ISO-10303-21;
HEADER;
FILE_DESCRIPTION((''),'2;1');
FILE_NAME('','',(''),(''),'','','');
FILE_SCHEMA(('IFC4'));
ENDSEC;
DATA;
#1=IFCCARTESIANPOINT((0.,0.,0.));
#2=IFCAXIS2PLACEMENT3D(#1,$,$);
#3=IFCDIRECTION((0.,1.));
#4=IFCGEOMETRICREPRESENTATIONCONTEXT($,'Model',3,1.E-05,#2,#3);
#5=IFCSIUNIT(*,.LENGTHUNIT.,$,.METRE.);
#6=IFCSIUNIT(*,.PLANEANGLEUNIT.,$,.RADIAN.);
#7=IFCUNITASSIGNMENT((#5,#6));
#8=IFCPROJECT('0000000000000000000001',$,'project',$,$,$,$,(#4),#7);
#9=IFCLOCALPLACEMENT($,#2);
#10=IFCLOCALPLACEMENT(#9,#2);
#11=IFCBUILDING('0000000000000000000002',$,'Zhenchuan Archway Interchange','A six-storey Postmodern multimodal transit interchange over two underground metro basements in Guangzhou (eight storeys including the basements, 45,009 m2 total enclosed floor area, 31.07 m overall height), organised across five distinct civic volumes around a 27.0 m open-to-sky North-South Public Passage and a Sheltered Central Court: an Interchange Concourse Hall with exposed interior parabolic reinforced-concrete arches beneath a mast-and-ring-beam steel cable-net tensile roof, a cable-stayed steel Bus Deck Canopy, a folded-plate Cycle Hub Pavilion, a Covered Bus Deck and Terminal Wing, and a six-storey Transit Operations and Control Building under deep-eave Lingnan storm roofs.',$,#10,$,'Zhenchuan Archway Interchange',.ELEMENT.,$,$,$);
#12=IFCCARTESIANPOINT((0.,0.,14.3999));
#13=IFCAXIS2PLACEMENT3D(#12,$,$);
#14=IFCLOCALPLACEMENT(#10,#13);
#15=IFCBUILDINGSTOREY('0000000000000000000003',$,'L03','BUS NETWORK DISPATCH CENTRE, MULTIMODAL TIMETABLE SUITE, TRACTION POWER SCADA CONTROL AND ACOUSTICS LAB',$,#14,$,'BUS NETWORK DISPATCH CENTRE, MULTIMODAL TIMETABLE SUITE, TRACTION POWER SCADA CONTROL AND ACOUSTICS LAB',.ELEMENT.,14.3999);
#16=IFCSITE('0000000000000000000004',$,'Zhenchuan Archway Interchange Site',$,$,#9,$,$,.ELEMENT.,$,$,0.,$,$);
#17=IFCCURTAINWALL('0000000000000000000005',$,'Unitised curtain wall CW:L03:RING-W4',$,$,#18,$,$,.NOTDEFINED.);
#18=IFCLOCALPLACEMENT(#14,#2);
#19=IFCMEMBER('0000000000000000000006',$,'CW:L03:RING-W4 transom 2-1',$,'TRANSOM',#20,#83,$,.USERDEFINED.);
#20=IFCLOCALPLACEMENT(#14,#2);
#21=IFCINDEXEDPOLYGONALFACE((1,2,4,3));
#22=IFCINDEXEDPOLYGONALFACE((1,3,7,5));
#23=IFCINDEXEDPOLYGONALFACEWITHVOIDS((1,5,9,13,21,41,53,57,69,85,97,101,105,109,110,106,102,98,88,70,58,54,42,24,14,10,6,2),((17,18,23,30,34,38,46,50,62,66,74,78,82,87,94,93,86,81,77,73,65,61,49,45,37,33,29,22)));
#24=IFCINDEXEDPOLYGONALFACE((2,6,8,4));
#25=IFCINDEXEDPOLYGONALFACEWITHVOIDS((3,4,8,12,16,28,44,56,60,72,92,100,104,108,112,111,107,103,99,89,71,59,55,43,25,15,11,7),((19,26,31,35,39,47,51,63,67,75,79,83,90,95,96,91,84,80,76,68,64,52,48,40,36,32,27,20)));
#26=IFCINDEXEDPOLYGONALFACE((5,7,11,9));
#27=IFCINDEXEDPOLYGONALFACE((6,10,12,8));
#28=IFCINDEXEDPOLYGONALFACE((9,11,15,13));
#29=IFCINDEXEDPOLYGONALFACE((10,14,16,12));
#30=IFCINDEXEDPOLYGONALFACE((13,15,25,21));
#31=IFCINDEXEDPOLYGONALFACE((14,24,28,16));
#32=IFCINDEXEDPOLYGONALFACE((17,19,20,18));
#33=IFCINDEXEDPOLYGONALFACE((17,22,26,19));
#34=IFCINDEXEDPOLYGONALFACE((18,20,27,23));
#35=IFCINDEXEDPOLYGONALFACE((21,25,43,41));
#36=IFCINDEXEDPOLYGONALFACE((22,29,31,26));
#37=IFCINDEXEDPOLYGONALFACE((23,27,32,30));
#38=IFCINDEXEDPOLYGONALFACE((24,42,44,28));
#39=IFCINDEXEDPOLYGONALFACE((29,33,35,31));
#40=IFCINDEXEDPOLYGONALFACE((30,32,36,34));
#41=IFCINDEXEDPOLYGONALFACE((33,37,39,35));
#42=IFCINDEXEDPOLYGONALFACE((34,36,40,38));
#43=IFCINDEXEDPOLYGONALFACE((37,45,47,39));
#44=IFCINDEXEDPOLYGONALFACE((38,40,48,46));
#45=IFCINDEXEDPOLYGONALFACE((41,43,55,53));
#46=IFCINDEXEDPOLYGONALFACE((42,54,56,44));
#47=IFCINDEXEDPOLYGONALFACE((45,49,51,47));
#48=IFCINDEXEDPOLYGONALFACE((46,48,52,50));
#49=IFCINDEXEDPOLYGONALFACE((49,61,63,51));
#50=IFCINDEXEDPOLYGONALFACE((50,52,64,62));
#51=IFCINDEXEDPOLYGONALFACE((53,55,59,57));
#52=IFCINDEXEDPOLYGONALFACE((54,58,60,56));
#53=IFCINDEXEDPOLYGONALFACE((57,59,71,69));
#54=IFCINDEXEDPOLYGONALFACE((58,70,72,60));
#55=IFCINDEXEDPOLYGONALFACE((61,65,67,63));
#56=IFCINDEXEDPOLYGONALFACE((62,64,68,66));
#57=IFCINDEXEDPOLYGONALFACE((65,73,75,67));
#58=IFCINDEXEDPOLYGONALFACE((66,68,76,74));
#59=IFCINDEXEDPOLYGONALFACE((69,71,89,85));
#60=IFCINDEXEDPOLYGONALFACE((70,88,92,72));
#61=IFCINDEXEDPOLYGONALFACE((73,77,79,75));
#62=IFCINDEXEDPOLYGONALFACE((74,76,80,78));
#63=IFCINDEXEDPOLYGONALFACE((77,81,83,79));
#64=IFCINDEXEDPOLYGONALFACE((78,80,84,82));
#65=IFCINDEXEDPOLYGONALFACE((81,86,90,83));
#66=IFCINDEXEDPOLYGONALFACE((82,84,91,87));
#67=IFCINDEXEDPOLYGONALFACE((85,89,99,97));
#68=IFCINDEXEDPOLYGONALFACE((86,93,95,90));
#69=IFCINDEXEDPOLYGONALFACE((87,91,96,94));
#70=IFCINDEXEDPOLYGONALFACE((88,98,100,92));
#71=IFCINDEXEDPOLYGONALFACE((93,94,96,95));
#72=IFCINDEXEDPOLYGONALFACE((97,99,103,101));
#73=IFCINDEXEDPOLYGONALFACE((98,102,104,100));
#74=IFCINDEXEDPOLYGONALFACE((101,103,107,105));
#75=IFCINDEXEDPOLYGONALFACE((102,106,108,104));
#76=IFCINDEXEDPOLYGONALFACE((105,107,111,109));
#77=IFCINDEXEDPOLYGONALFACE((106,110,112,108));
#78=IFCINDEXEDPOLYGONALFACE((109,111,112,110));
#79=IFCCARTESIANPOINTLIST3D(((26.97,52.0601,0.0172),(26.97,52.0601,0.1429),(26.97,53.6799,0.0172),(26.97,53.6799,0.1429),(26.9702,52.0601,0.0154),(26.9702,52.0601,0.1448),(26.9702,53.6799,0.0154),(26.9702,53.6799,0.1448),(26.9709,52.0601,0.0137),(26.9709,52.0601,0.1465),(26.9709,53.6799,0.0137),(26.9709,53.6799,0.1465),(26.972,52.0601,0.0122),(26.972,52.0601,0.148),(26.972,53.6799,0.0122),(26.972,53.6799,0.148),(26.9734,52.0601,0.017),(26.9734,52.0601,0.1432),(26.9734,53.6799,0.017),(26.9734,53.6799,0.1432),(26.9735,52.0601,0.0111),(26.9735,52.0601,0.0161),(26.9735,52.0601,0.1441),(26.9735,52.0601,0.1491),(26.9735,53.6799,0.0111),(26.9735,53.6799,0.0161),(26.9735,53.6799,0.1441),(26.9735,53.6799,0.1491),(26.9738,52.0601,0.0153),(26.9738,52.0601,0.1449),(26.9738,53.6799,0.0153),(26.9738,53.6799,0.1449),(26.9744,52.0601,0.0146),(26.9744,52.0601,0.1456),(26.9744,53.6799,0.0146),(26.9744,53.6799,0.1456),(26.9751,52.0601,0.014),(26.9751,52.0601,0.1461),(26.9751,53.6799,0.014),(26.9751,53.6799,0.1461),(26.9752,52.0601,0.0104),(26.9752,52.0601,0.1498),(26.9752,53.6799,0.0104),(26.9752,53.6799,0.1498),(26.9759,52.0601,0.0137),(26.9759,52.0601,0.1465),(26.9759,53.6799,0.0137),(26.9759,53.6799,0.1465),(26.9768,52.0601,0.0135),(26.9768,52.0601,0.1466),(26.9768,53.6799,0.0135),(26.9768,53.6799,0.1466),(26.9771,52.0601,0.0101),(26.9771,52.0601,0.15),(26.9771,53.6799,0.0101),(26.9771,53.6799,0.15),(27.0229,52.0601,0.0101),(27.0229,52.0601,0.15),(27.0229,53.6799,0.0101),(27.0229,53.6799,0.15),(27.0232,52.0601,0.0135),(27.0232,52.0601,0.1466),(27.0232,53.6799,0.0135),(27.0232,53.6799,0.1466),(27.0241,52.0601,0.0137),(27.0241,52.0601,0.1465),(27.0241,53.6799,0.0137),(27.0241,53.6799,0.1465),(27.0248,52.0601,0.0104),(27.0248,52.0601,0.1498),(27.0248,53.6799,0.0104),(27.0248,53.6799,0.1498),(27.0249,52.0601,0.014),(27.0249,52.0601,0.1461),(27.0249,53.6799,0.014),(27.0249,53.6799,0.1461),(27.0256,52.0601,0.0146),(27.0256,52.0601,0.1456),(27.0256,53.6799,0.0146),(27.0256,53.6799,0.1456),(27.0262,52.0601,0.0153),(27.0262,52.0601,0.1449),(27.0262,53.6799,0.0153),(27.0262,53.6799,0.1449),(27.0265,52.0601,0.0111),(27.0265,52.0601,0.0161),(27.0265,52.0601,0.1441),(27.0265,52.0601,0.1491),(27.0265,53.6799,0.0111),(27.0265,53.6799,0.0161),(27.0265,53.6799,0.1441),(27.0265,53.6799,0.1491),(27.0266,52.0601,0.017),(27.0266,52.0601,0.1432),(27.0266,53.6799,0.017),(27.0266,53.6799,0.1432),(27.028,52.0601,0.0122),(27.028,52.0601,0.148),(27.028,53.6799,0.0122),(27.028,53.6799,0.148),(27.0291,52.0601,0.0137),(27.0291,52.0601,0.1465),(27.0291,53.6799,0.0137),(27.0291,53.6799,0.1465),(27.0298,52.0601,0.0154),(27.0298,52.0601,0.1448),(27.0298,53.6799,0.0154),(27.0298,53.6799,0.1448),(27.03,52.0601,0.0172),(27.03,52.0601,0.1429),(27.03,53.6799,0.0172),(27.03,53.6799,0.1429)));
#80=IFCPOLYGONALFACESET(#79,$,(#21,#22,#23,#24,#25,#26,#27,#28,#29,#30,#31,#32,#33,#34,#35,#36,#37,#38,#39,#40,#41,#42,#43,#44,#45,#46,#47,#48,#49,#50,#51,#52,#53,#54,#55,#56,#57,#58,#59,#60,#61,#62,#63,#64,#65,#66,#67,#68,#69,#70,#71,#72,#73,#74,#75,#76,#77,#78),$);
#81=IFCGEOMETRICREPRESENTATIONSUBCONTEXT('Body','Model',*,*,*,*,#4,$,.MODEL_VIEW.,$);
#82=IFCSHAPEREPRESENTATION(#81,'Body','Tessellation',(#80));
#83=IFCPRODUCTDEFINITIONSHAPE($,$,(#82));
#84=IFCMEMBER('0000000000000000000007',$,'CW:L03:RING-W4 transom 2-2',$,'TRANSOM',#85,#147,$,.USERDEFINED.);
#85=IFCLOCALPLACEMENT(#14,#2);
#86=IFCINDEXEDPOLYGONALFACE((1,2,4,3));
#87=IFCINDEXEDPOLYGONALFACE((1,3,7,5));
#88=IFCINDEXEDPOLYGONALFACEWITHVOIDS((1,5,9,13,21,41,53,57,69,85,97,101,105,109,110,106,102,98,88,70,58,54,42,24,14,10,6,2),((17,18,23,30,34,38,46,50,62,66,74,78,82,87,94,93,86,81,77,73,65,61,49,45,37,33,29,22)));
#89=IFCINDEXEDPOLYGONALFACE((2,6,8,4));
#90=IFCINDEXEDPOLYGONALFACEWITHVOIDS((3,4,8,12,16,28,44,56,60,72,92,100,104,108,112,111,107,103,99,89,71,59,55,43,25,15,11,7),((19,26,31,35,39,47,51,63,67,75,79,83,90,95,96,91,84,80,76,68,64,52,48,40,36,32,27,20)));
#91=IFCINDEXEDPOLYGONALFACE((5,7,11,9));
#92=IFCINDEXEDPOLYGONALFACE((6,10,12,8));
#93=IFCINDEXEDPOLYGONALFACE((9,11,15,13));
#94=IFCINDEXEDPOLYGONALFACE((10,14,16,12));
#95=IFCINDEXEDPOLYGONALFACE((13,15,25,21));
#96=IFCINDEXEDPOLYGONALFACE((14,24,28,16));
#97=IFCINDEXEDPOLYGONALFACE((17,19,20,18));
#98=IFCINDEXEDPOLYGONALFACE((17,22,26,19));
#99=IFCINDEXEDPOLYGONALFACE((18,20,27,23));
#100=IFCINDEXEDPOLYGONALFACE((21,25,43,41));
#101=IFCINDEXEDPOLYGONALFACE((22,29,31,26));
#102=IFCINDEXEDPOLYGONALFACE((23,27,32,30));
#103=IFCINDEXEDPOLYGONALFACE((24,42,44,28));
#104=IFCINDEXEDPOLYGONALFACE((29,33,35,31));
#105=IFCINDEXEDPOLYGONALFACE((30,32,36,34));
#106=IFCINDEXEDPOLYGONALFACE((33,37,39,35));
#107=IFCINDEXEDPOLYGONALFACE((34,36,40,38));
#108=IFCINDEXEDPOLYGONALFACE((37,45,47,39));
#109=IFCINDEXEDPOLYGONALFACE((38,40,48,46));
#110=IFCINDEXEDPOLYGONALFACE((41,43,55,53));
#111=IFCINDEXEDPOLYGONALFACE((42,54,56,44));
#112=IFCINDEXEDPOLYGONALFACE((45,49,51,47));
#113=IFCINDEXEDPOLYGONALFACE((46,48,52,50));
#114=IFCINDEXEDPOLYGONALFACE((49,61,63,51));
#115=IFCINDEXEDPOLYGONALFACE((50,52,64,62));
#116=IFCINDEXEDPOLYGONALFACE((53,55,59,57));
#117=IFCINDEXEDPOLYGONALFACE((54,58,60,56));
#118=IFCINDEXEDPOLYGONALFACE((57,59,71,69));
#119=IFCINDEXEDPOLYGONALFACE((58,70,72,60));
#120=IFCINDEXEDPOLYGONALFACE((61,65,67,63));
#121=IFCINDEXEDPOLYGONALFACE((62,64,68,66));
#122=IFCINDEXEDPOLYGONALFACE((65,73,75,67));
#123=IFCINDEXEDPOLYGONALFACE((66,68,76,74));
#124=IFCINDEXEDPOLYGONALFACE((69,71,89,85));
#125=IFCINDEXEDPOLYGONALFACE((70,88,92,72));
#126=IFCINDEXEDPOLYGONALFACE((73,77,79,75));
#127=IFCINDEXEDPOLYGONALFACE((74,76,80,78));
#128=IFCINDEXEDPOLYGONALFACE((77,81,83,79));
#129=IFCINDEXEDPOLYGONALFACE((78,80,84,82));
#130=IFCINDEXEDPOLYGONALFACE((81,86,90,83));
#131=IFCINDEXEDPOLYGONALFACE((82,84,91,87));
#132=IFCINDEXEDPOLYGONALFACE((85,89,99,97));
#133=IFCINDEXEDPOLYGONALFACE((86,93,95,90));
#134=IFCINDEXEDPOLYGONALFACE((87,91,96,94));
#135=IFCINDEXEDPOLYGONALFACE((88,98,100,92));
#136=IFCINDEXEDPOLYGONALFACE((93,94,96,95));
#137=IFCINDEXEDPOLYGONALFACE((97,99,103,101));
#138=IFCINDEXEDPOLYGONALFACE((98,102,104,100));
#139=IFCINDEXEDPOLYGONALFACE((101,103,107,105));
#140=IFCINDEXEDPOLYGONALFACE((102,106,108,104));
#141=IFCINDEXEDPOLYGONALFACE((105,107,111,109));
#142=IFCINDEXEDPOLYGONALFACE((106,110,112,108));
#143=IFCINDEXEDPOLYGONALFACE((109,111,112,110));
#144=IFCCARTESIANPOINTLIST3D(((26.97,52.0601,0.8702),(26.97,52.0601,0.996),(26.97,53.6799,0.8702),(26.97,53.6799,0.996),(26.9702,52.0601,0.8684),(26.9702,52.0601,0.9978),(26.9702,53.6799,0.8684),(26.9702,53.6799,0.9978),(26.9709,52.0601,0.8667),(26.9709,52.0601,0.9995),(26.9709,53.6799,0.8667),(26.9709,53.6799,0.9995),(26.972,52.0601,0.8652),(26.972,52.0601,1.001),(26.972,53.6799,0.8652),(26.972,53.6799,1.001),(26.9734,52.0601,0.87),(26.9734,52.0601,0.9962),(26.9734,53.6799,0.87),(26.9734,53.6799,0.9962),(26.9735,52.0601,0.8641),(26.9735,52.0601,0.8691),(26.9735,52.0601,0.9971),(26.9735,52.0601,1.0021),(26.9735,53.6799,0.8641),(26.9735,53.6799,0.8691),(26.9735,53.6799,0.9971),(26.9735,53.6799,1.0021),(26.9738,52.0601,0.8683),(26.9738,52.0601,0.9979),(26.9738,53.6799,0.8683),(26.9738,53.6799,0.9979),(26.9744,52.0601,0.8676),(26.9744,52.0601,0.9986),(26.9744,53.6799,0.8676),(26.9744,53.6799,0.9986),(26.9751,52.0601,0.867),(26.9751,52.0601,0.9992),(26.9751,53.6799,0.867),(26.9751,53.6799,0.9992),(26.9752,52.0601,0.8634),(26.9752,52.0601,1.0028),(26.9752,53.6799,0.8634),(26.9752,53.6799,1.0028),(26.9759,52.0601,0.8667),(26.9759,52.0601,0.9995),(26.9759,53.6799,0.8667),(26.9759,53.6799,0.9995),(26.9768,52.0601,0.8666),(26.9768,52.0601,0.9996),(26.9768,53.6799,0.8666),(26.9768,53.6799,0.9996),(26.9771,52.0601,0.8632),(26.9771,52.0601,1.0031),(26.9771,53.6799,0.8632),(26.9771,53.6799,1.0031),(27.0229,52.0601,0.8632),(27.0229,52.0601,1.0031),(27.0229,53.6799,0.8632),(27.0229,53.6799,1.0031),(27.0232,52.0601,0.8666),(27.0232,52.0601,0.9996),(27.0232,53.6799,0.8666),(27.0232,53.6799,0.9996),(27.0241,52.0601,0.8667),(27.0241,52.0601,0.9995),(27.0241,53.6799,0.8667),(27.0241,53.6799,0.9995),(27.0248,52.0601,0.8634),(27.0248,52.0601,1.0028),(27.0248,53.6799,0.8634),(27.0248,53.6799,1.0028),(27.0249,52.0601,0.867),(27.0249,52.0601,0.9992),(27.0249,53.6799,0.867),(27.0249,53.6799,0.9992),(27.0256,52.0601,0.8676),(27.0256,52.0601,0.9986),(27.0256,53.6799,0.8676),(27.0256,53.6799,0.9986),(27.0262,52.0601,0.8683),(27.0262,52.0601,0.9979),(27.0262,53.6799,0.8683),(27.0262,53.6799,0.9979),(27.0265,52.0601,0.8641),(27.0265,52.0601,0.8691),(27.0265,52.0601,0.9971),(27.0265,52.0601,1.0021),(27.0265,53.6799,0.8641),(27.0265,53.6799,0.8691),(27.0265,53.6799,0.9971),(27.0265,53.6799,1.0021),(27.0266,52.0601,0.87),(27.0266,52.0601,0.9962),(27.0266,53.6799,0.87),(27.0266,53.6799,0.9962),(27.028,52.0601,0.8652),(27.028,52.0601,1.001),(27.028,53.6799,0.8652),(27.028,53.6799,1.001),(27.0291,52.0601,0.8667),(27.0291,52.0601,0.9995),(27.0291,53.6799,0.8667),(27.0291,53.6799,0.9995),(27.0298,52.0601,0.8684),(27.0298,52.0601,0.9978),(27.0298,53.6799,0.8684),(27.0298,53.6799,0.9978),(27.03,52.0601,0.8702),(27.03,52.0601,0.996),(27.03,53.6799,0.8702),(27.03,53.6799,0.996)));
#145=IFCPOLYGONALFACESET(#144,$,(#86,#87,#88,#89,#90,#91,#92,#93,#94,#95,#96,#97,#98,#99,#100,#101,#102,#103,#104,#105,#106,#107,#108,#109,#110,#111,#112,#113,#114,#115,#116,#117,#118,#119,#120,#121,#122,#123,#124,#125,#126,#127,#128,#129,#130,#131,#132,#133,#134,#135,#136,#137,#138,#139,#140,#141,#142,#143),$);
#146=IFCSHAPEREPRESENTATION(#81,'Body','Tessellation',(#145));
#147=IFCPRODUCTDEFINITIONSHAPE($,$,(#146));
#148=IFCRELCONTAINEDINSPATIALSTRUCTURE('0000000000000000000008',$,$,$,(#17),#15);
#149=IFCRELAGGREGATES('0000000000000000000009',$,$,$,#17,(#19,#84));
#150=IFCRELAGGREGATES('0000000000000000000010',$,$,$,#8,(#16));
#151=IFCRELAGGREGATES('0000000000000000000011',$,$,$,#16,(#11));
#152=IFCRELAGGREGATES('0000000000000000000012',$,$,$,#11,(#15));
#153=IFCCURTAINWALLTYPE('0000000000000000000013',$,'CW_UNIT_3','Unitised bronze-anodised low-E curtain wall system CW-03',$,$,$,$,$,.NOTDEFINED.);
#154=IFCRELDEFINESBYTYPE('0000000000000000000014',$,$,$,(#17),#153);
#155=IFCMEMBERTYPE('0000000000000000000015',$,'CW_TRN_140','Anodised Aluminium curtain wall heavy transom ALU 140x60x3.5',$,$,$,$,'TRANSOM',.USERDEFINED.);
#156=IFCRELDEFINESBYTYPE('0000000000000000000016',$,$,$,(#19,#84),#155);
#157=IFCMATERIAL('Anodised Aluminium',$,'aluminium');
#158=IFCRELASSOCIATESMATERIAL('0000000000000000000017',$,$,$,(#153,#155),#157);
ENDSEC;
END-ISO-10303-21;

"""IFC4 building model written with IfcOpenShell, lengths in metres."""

from ifc_helpers import new_model, si_unit, direction, frame, origin, origin_2d, place, context, subcontext, project, spatial, hollow_rectangle, extrude, material, material_profile, profile_set, type_object, element, aggregate, save


model = new_model("IFC4")

# Units and contexts
model_context = context("Model", 3, precision=1e-05, world=origin(), true_north=direction((0.0, 1.0)))
body_context = subcontext(model_context, "Body", "Model", "MODEL_VIEW")
ifc_project = project(units=[si_unit("LENGTHUNIT", "METRE"), si_unit("PLANEANGLEUNIT", "RADIAN")], contexts=[model_context])

# Site, building, storey
site_placement = place(None, origin())
site = spatial("IfcSite", under=ifc_project, at=site_placement, Name="Zhenchuan Archway Interchange Site", CompositionType="ELEMENT", RefElevation=0.0)
building_placement = place(site_placement, origin())
building = spatial("IfcBuilding", under=site, at=building_placement, Name="Zhenchuan Archway Interchange", Description="A six-storey Postmodern multimodal transit interchange over two underground metro basements in Guangzhou (eight storeys including the basements, 45,009 m2 total enclosed floor area, 31.07 m overall height), organised across five distinct civic volumes around a 27.0 m open-to-sky North-South Public Passage and a Sheltered Central Court: an Interchange Concourse Hall with exposed interior parabolic reinforced-concrete arches beneath a mast-and-ring-beam steel cable-net tensile roof, a cable-stayed steel Bus Deck Canopy, a folded-plate Cycle Hub Pavilion, a Covered Bus Deck and Terminal Wing, and a six-storey Transit Operations and Control Building under deep-eave Lingnan storm roofs.", LongName="Zhenchuan Archway Interchange", CompositionType="ELEMENT")
storey_placement = place(building_placement, frame((0.0, 0.0, 14.3999)))
storey = spatial("IfcBuildingStorey", under=building, at=storey_placement, Name="L03", Description="BUS NETWORK DISPATCH CENTRE, MULTIMODAL TIMETABLE SUITE, TRACTION POWER SCADA CONTROL AND ACOUSTICS LAB", LongName="BUS NETWORK DISPATCH CENTRE, MULTIMODAL TIMETABLE SUITE, TRACTION POWER SCADA CONTROL AND ACOUSTICS LAB", CompositionType="ELEMENT", Elevation=14.3999)

# Shared definitions
ifc_material_1 = material(Name="Anodised Aluminium", Category="aluminium")
curtain_wall_type = type_object("IfcCurtainWallType", Name="CW_UNIT_3", Description="Unitised bronze-anodised low-E curtain wall system CW-03", PredefinedType="NOTDEFINED", material=ifc_material_1)

# Curtain wall, members
curtain_wall_1_placement = place(storey_placement, origin())
curtain_wall_1 = element("IfcCurtainWall", 1, at=curtain_wall_1_placement, inside=storey, type_object=curtain_wall_type, Name="Unitised curtain wall CW:L03:RING-W4", PredefinedType="NOTDEFINED")
ifc_material_profile_1 = material_profile(ifc_material_1, hollow_rectangle(XDim=0.0601, YDim=0.1399, WallThickness=0.0034, InnerFilletRadius=0.0034, OuterFilletRadius=0.0071, at=origin_2d()), Name="ALU 140x60x3.5")
ifc_profile_set_1 = profile_set([ifc_material_profile_1], Name="Anodised Aluminium")
member_type_1 = type_object("IfcMemberType", Name="CW_TRN_140", Description="Anodised Aluminium curtain wall heavy transom ALU 140x60x3.5", ElementType="TRANSOM", PredefinedType="USERDEFINED", material=ifc_profile_set_1)
member_1_placement = place(storey_placement, frame((27.0, 52.0601, 0.0801), z_axis=(0.0, 1.0, 0.0), x_axis=(-1.0, 0.0, 0.0)))
member_1 = element("IfcMember", 2, at=member_1_placement, type_object=member_type_1, Name="CW:L03:RING-W4 transom 2-1", ObjectType="TRANSOM", PredefinedType="USERDEFINED", context=body_context, shape_type="SweptSolid", body=[
    extrude(hollow_rectangle(XDim=0.0601, YDim=0.1399, WallThickness=0.0034, InnerFilletRadius=0.0034, OuterFilletRadius=0.0071, at=origin_2d()), origin(), (0.0, 0.0, 1.0), 1.6199),
])
member_2_placement = place(storey_placement, frame((27.0, 52.0601, 0.9331), z_axis=(0.0, 1.0, 0.0), x_axis=(-1.0, 0.0, 0.0)))
member_2 = element("IfcMember", 3, at=member_2_placement, type_object=member_type_1, Name="CW:L03:RING-W4 transom 2-2", ObjectType="TRANSOM", PredefinedType="USERDEFINED", context=body_context, shape_type="SweptSolid", body=[
    extrude(hollow_rectangle(XDim=0.0601, YDim=0.1399, WallThickness=0.0034, InnerFilletRadius=0.0034, OuterFilletRadius=0.0071, at=origin_2d()), origin(), (0.0, 0.0, 1.0), 1.6199),
])

aggregate(curtain_wall_1, [member_1, member_2])

save(model, "model.ifc")
